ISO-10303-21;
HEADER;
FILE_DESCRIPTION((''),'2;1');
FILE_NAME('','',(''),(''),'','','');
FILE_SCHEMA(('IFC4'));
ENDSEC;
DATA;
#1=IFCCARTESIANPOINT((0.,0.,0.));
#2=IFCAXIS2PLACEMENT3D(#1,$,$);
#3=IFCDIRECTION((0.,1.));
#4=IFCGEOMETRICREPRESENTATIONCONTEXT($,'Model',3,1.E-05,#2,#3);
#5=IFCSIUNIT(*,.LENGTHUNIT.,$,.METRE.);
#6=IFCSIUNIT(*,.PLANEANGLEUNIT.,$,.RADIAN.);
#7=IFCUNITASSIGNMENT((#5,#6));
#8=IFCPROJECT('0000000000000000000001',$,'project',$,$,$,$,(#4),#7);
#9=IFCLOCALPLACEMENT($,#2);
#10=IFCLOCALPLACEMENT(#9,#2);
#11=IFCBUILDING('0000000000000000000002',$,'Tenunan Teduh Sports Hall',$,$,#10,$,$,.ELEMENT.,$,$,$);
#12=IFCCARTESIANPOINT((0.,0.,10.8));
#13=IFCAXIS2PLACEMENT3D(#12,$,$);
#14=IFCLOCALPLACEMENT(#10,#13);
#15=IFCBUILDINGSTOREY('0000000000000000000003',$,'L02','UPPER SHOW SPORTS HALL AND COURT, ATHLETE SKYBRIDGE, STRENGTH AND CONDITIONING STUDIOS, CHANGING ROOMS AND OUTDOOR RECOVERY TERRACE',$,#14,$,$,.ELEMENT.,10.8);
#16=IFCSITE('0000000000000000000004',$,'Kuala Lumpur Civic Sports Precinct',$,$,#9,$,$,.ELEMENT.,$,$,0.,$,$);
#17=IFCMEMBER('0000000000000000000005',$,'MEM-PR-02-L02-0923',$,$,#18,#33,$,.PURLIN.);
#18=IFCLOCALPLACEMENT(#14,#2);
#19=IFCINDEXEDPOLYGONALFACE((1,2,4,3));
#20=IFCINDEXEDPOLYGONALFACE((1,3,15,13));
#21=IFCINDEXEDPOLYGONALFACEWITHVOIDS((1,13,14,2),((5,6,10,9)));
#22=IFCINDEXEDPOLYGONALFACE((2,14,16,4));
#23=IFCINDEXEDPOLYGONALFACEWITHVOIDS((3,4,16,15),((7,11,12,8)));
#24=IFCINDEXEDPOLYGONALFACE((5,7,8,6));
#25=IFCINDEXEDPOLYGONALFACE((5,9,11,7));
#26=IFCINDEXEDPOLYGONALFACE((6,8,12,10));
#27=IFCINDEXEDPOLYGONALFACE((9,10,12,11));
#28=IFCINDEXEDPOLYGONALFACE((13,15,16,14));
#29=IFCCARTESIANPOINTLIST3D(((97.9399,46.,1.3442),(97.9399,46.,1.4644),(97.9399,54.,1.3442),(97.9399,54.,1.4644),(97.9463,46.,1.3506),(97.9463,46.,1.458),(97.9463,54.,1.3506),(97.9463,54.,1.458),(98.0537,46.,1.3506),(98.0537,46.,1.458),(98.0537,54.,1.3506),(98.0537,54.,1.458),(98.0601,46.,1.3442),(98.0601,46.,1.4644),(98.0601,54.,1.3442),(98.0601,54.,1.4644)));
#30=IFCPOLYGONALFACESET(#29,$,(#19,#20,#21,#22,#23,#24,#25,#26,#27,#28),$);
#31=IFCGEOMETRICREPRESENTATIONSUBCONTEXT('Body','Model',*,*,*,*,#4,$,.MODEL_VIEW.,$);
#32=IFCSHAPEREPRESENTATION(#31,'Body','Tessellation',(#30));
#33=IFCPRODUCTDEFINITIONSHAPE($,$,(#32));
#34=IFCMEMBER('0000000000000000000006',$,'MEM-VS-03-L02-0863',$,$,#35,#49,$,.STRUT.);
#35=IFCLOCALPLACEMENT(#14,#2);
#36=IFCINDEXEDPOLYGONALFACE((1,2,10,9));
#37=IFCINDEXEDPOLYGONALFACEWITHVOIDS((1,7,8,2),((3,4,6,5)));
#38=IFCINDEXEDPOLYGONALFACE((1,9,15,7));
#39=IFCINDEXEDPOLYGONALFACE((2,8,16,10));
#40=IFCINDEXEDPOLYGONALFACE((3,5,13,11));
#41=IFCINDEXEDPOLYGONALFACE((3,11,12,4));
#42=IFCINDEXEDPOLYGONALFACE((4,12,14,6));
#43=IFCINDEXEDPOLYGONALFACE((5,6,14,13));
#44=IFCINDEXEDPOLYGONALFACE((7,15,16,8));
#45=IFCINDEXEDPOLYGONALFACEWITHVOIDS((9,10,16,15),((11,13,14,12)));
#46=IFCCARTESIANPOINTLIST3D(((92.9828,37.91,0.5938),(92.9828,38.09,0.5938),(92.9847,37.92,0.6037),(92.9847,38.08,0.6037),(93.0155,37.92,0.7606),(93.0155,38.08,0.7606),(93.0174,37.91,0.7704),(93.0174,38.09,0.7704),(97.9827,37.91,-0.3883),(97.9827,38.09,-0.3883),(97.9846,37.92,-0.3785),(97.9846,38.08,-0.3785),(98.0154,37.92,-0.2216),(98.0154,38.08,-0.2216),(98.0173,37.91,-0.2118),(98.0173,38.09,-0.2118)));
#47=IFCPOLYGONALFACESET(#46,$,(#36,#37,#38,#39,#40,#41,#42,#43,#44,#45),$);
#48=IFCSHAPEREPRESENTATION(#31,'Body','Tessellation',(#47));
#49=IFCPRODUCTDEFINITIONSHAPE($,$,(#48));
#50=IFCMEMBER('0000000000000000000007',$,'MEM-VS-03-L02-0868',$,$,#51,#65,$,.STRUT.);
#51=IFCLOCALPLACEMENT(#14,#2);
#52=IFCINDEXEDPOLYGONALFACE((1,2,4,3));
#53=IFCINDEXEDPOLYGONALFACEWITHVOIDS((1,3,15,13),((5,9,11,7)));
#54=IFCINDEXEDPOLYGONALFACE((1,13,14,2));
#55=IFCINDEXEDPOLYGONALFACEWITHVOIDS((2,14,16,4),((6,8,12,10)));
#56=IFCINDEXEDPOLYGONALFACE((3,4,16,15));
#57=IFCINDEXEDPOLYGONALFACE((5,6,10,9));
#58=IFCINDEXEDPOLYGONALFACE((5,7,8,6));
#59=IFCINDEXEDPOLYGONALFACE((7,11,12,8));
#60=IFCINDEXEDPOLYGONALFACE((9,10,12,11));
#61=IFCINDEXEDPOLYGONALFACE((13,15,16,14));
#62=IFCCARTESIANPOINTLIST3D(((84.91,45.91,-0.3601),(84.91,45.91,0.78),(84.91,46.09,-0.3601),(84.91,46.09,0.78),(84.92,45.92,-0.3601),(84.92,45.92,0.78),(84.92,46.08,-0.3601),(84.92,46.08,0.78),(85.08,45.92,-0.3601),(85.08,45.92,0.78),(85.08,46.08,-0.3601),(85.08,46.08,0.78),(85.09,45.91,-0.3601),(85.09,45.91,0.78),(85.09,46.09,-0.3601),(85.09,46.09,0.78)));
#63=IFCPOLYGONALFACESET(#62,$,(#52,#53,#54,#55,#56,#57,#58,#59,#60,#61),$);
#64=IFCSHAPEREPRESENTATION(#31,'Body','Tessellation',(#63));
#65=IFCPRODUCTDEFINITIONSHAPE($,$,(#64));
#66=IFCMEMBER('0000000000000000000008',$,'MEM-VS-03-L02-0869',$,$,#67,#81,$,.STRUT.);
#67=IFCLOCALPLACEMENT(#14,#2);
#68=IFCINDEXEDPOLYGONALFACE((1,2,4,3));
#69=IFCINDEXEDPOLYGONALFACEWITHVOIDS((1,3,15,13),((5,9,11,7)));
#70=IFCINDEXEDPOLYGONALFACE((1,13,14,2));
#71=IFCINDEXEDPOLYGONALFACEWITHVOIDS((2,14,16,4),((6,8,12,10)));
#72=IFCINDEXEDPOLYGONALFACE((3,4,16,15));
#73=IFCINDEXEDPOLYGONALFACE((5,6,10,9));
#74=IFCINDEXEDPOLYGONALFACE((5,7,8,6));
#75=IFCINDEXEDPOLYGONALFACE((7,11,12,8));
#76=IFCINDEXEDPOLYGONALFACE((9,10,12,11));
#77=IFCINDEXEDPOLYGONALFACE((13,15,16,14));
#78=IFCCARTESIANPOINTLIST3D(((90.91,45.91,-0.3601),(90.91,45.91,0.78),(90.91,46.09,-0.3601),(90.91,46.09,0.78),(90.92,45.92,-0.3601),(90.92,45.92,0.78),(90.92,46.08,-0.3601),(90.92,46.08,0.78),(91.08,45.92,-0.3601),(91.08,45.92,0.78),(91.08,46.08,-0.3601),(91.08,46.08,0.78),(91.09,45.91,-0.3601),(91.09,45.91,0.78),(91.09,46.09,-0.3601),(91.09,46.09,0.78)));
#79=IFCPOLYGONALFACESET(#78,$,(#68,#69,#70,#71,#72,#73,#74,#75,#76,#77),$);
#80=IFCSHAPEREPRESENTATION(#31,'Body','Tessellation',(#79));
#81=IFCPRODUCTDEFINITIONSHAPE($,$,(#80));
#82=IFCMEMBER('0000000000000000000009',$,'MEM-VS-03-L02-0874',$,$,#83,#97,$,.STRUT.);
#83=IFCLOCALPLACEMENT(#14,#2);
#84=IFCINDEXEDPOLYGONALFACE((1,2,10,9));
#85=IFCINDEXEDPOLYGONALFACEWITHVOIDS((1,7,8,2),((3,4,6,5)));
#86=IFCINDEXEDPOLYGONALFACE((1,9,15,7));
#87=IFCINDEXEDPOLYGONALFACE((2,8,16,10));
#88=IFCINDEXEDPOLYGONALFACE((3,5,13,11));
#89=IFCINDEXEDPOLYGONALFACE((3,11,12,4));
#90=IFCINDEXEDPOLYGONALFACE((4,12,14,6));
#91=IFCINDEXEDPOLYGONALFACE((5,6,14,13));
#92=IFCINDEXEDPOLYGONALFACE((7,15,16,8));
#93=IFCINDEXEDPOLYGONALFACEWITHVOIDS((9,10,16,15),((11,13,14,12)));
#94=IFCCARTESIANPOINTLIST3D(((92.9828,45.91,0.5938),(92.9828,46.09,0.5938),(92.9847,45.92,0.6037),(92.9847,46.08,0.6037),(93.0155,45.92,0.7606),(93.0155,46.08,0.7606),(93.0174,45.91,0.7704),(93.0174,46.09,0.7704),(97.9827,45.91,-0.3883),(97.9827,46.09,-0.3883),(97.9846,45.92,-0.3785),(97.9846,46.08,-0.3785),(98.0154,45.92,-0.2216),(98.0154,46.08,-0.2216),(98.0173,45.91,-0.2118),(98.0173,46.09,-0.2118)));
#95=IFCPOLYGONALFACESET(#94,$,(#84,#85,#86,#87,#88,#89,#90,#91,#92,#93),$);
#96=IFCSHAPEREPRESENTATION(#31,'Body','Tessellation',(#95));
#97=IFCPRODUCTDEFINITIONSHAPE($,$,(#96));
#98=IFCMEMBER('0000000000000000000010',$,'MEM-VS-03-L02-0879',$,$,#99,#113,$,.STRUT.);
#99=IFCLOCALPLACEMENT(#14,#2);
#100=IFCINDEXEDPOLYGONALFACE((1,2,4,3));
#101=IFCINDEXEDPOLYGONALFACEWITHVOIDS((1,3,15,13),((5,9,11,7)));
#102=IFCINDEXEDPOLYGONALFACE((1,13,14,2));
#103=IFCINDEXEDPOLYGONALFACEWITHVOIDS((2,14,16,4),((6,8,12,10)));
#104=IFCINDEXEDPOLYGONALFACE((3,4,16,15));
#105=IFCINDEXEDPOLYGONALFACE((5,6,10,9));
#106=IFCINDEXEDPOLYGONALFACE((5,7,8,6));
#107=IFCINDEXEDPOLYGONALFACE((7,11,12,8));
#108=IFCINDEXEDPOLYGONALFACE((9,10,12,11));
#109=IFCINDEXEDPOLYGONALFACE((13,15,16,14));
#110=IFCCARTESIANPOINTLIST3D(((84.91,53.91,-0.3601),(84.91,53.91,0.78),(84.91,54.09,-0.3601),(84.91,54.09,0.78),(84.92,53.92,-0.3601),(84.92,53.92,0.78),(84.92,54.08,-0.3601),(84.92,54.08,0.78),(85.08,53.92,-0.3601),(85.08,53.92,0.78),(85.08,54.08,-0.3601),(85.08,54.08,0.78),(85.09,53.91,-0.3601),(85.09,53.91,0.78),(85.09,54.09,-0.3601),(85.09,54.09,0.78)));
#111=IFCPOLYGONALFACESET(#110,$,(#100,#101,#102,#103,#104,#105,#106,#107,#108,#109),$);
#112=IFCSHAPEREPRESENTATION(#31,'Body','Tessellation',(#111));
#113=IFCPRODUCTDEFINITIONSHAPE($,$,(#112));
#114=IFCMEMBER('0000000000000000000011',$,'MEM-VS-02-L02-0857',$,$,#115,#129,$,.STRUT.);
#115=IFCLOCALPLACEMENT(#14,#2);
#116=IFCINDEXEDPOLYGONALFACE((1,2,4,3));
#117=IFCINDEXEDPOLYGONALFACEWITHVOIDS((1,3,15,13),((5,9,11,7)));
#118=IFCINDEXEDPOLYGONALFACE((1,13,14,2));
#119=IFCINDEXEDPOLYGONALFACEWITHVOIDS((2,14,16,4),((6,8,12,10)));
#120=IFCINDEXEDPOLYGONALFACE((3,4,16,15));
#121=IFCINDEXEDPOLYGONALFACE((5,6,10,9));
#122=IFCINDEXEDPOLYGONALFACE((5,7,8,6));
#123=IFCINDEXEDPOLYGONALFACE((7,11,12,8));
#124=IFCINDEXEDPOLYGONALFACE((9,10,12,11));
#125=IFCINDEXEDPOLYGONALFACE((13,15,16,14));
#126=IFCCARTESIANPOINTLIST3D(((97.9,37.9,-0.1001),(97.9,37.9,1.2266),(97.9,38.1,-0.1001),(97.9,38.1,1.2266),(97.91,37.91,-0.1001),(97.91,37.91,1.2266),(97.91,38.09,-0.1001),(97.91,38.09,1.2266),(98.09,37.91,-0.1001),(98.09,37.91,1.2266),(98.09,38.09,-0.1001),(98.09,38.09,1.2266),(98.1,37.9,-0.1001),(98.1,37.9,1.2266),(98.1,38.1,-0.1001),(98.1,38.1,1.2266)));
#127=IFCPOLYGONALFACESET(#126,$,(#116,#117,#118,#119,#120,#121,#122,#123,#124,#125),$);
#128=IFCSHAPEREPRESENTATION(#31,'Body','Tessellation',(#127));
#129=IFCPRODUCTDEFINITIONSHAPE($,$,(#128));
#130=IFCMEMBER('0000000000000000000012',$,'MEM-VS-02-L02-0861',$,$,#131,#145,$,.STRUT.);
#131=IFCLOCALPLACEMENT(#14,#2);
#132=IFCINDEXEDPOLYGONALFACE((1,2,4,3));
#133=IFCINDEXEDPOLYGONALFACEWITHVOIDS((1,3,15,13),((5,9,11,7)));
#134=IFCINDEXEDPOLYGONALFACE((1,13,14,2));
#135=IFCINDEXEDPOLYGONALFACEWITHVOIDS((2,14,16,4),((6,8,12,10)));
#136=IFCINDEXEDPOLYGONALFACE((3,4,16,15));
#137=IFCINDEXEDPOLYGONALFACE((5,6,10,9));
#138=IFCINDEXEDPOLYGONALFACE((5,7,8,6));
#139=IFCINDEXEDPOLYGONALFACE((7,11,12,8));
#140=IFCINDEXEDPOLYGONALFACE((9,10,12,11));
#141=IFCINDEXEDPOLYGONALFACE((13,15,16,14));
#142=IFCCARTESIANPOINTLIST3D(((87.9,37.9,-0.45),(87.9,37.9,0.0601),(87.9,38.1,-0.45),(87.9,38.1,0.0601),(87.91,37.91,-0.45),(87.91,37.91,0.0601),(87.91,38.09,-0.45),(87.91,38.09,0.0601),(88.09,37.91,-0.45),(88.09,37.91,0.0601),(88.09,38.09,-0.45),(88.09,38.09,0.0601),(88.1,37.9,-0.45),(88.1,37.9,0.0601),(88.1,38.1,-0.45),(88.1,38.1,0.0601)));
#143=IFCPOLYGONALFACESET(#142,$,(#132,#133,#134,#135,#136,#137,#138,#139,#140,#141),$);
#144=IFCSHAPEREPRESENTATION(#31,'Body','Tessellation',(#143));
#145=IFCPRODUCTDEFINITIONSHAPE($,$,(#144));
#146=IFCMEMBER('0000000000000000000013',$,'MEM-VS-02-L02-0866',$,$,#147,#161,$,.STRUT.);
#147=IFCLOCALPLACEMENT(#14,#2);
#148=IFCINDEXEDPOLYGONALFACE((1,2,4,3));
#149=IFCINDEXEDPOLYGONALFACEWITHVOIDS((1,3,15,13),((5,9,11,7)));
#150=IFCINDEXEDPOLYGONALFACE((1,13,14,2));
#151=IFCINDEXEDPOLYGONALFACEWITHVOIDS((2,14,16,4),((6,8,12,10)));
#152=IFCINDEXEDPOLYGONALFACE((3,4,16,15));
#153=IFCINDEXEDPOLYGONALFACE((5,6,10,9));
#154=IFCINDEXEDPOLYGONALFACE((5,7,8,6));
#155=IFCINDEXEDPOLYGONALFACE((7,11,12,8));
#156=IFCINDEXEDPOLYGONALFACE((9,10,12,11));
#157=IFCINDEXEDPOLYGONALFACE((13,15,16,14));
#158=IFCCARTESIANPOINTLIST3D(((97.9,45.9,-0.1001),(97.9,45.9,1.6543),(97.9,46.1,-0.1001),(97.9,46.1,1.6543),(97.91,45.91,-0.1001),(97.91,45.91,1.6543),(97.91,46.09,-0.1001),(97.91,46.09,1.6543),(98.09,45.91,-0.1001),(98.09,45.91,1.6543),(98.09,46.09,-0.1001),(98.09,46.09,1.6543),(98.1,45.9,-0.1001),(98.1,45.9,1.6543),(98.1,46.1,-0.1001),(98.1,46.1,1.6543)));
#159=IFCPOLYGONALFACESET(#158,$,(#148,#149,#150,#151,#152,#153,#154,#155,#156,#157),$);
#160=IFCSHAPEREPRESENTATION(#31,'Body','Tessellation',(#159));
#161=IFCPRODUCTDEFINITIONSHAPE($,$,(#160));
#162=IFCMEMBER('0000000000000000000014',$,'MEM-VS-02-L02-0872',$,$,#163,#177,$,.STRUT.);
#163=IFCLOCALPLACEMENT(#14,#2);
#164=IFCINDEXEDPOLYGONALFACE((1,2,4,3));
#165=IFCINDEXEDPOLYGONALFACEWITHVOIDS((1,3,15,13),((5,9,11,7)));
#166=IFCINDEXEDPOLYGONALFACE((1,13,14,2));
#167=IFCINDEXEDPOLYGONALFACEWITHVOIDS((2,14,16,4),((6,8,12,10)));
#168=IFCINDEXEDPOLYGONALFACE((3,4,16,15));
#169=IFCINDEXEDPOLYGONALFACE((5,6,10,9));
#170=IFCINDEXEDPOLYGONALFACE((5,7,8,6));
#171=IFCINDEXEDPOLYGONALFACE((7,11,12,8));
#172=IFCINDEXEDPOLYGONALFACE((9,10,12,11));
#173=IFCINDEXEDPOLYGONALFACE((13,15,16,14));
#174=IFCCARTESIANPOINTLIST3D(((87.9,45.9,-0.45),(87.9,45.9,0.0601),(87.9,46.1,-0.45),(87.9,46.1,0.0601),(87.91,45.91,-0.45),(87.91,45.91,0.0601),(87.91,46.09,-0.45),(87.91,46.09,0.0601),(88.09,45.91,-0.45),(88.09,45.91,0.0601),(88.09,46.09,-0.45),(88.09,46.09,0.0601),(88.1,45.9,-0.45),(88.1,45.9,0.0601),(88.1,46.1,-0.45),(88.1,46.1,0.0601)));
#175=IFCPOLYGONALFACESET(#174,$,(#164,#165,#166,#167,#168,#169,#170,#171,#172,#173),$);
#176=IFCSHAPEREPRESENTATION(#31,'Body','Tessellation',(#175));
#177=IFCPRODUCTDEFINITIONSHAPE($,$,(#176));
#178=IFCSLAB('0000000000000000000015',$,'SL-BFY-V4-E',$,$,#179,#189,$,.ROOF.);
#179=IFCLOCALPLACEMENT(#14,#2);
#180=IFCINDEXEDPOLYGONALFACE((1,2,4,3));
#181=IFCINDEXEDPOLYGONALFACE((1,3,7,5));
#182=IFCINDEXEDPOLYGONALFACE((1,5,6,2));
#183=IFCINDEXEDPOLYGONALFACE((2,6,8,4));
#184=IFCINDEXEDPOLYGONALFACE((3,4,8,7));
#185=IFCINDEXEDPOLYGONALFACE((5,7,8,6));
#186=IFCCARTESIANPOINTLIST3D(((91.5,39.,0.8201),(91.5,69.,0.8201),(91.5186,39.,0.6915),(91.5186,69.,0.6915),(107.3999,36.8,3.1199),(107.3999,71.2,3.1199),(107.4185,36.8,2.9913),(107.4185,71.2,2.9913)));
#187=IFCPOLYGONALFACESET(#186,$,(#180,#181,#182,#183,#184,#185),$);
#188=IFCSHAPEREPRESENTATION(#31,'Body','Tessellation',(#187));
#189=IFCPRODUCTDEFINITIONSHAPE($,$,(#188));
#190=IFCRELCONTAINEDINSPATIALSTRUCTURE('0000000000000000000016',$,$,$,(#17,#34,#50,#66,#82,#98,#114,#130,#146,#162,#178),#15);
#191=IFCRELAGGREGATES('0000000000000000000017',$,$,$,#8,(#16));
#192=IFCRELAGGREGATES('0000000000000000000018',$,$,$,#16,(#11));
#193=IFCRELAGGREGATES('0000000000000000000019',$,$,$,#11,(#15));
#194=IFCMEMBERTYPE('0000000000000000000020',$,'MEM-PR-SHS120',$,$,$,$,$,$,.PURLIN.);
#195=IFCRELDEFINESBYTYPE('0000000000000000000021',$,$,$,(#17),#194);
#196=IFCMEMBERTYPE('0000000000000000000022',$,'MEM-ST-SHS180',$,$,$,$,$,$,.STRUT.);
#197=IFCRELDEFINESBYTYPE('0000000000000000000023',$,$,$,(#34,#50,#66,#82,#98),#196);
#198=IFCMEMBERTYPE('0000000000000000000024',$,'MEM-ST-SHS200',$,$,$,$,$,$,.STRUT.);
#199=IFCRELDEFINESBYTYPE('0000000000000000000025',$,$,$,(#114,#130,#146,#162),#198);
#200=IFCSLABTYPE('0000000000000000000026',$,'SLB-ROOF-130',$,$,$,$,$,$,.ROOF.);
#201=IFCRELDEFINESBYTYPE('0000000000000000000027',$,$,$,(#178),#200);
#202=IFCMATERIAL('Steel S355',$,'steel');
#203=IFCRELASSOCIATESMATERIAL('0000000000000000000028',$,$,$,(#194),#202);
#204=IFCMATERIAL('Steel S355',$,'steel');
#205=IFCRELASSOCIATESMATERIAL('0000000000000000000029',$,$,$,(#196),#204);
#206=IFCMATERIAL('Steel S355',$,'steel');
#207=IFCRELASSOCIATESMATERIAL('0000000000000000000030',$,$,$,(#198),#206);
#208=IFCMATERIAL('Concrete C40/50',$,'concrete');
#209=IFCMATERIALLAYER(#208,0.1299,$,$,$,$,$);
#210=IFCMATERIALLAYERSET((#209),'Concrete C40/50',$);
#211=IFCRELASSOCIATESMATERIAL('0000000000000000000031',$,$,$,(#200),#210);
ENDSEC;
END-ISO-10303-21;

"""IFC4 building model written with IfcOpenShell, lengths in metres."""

from ifc_helpers import new_model, si_unit, direction, frame, origin, origin_2d, place, context, subcontext, project, spatial, polyline, hollow_rectangle, outline, extrude, material, layer, layer_set, material_profile, profile_set, type_object, element, save


model = new_model("IFC4")

# Units and contexts
model_context = context("Model", 3, precision=1e-05, world=origin(), true_north=direction((0.0, 1.0)))
body_context = subcontext(model_context, "Body", "Model", "MODEL_VIEW")
ifc_project = project(units=[si_unit("LENGTHUNIT", "METRE"), si_unit("PLANEANGLEUNIT", "RADIAN")], contexts=[model_context])

# Site, building, storey
site_placement = place(None, origin())
site = spatial("IfcSite", under=ifc_project, at=site_placement, Name="Kuala Lumpur Civic Sports Precinct", CompositionType="ELEMENT", RefElevation=0.0)
building_placement = place(site_placement, origin())
building = spatial("IfcBuilding", under=site, at=building_placement, Name="Tenunan Teduh Sports Hall", CompositionType="ELEMENT")
storey_placement = place(building_placement, frame((0.0, 0.0, 10.8)))
storey = spatial("IfcBuildingStorey", under=building, at=storey_placement, Name="L02", Description="UPPER SHOW SPORTS HALL AND COURT, ATHLETE SKYBRIDGE, STRENGTH AND CONDITIONING STUDIOS, CHANGING ROOMS AND OUTDOOR RECOVERY TERRACE", CompositionType="ELEMENT", Elevation=10.8)

# Members
ifc_material_1 = material(Name="Steel S355", Category="steel")
ifc_material_profile_1 = material_profile(ifc_material_1, hollow_rectangle(XDim=0.1201, YDim=0.1201, WallThickness=0.0063, at=origin_2d()), Name="SHS 120x120x6.3")
ifc_profile_set_1 = profile_set([ifc_material_profile_1], Name="Steel S355")
member_type_1 = type_object("IfcMemberType", Name="MEM-PR-SHS120", PredefinedType="PURLIN", material=ifc_profile_set_1)
for number, where, z_axis, x_axis, name in (
    (1, (98.0, 46.0, 1.4043), (0.0, 1.0, 0.0), (-1.0, 0.0, 0.0), "MEM-PR-02-L02-0923"),
):
    element("IfcMember", number, at=place(storey_placement, frame(where, z_axis=z_axis, x_axis=x_axis)), inside=storey, type_object=member_type_1, Name=name, PredefinedType="PURLIN", context=body_context, shape_type="SweptSolid", body=[
        extrude(hollow_rectangle(XDim=0.1201, YDim=0.1201, WallThickness=0.0063, at=origin_2d()), origin(), (0.0, 0.0, 1.0), 8.0),
    ])
ifc_material_2 = material(Name="Steel S355", Category="steel")
ifc_material_profile_2 = material_profile(ifc_material_2, hollow_rectangle(XDim=0.1799, YDim=0.1799, WallThickness=0.01, at=origin_2d()), Name="SHS 180x180x10.0")
ifc_profile_set_2 = profile_set([ifc_material_profile_2], Name="Steel S355")
member_type_2 = type_object("IfcMemberType", Name="MEM-ST-SHS180", PredefinedType="STRUT", material=ifc_profile_set_2)
member_1_placement = place(storey_placement, frame((98.0, 38.0, -0.3), z_axis=(-0.981248, 0.0, 0.192752), x_axis=(0.0, -1.0, 0.0)))
element("IfcMember", 2, at=member_1_placement, inside=storey, type_object=member_type_2, Name="MEM-VS-03-L02-0863", PredefinedType="STRUT", context=body_context, shape_type="SweptSolid", body=[
    extrude(hollow_rectangle(XDim=0.1799, YDim=0.1799, WallThickness=0.01, at=origin_2d()), origin(), (0.0, 0.0, 1.0), 5.0955),
])
for number, where, z_axis, x_axis, name in (
    (3, (85.0, 46.0, -0.3601), (0.0, 0.0, 1.0), (1.0, 0.0, 0.0), "MEM-VS-03-L02-0868"),
    (4, (91.0, 46.0, -0.3601), (0.0, 0.0, 1.0), (1.0, 0.0, 0.0), "MEM-VS-03-L02-0869"),
):
    element("IfcMember", number, at=place(storey_placement, frame(where, z_axis=z_axis, x_axis=x_axis)), inside=storey, type_object=member_type_2, Name=name, PredefinedType="STRUT", context=body_context, shape_type="SweptSolid", body=[
        extrude(hollow_rectangle(XDim=0.1799, YDim=0.1799, WallThickness=0.01, at=origin_2d()), origin(), (0.0, 0.0, 1.0), 1.1401),
    ])
member_2_placement = place(storey_placement, frame((98.0, 46.0, -0.3), z_axis=(-0.981248, 0.0, 0.192752), x_axis=(0.0, -1.0, 0.0)))
element("IfcMember", 5, at=member_2_placement, inside=storey, type_object=member_type_2, Name="MEM-VS-03-L02-0874", PredefinedType="STRUT", context=body_context, shape_type="SweptSolid", body=[
    extrude(hollow_rectangle(XDim=0.1799, YDim=0.1799, WallThickness=0.01, at=origin_2d()), origin(), (0.0, 0.0, 1.0), 5.0955),
])
member_3_placement = place(storey_placement, frame((85.0, 54.0, -0.3601), z_axis=(0.0, 0.0, 1.0), x_axis=(1.0, 0.0, 0.0)))
element("IfcMember", 6, at=member_3_placement, inside=storey, type_object=member_type_2, Name="MEM-VS-03-L02-0879", PredefinedType="STRUT", context=body_context, shape_type="SweptSolid", body=[
    extrude(hollow_rectangle(XDim=0.1799, YDim=0.1799, WallThickness=0.01, at=origin_2d()), origin(), (0.0, 0.0, 1.0), 1.1401),
])
ifc_material_3 = material(Name="Steel S355", Category="steel")
ifc_material_profile_3 = material_profile(ifc_material_3, hollow_rectangle(XDim=0.2, YDim=0.2, WallThickness=0.01, at=origin_2d()), Name="SHS 200x200x10.0")
ifc_profile_set_3 = profile_set([ifc_material_profile_3], Name="Steel S355")
member_type_3 = type_object("IfcMemberType", Name="MEM-ST-SHS200", PredefinedType="STRUT", material=ifc_profile_set_3)
member_4_placement = place(storey_placement, frame((98.0, 38.0, -0.1001), z_axis=(0.0, 0.0, 1.0), x_axis=(1.0, 0.0, 0.0)))
element("IfcMember", 7, at=member_4_placement, inside=storey, type_object=member_type_3, Name="MEM-VS-02-L02-0857", PredefinedType="STRUT", context=body_context, shape_type="SweptSolid", body=[
    extrude(hollow_rectangle(XDim=0.2, YDim=0.2, WallThickness=0.01, at=origin_2d()), origin(), (0.0, 0.0, 1.0), 1.3267),
])
member_5_placement = place(storey_placement, frame((88.0, 38.0, -0.45), z_axis=(0.0, 0.0, 1.0), x_axis=(1.0, 0.0, 0.0)))
element("IfcMember", 8, at=member_5_placement, inside=storey, type_object=member_type_3, Name="MEM-VS-02-L02-0861", PredefinedType="STRUT", context=body_context, shape_type="SweptSolid", body=[
    extrude(hollow_rectangle(XDim=0.2, YDim=0.2, WallThickness=0.01, at=origin_2d()), origin(), (0.0, 0.0, 1.0), 0.51),
])
member_6_placement = place(storey_placement, frame((98.0, 46.0, -0.1001), z_axis=(0.0, 0.0, 1.0), x_axis=(1.0, 0.0, 0.0)))
element("IfcMember", 9, at=member_6_placement, inside=storey, type_object=member_type_3, Name="MEM-VS-02-L02-0866", PredefinedType="STRUT", context=body_context, shape_type="SweptSolid", body=[
    extrude(hollow_rectangle(XDim=0.2, YDim=0.2, WallThickness=0.01, at=origin_2d()), origin(), (0.0, 0.0, 1.0), 1.7544),
])
member_7_placement = place(storey_placement, frame((88.0, 46.0, -0.45), z_axis=(0.0, 0.0, 1.0), x_axis=(1.0, 0.0, 0.0)))
element("IfcMember", 10, at=member_7_placement, inside=storey, type_object=member_type_3, Name="MEM-VS-02-L02-0872", PredefinedType="STRUT", context=body_context, shape_type="SweptSolid", body=[
    extrude(hollow_rectangle(XDim=0.2, YDim=0.2, WallThickness=0.01, at=origin_2d()), origin(), (0.0, 0.0, 1.0), 0.51),
])

# Slab
ifc_material_4 = material(Name="Concrete C40/50", Category="concrete")
ifc_layer = layer(ifc_material_4, 0.1299)
ifc_layer_set = layer_set([ifc_layer], Name="Concrete C40/50")
slab_type = type_object("IfcSlabType", Name="SLB-ROOF-130", PredefinedType="ROOF", material=ifc_layer_set)
slab_placement = place(storey_placement, frame((91.5, 39.0, 0.8201), z_axis=(-0.143153, 0.0, 0.989701), x_axis=(0.98055, -0.135671, 0.141829)))
element("IfcSlab", 11, at=slab_placement, inside=storey, type_object=slab_type, Name="SL-BFY-V4-E", PredefinedType="ROOF", context=body_context, shape_type="SweptSolid", body=[
    extrude(outline(polyline([(0.0, 0.0), (16.2153, 0.0), (11.5482, 34.0818), (-4.0701, 29.7226), (0.0, 0.0)])), origin(), (0.0, 0.0, -1.0), 0.1299),
])

save(model, "model.ifc")
